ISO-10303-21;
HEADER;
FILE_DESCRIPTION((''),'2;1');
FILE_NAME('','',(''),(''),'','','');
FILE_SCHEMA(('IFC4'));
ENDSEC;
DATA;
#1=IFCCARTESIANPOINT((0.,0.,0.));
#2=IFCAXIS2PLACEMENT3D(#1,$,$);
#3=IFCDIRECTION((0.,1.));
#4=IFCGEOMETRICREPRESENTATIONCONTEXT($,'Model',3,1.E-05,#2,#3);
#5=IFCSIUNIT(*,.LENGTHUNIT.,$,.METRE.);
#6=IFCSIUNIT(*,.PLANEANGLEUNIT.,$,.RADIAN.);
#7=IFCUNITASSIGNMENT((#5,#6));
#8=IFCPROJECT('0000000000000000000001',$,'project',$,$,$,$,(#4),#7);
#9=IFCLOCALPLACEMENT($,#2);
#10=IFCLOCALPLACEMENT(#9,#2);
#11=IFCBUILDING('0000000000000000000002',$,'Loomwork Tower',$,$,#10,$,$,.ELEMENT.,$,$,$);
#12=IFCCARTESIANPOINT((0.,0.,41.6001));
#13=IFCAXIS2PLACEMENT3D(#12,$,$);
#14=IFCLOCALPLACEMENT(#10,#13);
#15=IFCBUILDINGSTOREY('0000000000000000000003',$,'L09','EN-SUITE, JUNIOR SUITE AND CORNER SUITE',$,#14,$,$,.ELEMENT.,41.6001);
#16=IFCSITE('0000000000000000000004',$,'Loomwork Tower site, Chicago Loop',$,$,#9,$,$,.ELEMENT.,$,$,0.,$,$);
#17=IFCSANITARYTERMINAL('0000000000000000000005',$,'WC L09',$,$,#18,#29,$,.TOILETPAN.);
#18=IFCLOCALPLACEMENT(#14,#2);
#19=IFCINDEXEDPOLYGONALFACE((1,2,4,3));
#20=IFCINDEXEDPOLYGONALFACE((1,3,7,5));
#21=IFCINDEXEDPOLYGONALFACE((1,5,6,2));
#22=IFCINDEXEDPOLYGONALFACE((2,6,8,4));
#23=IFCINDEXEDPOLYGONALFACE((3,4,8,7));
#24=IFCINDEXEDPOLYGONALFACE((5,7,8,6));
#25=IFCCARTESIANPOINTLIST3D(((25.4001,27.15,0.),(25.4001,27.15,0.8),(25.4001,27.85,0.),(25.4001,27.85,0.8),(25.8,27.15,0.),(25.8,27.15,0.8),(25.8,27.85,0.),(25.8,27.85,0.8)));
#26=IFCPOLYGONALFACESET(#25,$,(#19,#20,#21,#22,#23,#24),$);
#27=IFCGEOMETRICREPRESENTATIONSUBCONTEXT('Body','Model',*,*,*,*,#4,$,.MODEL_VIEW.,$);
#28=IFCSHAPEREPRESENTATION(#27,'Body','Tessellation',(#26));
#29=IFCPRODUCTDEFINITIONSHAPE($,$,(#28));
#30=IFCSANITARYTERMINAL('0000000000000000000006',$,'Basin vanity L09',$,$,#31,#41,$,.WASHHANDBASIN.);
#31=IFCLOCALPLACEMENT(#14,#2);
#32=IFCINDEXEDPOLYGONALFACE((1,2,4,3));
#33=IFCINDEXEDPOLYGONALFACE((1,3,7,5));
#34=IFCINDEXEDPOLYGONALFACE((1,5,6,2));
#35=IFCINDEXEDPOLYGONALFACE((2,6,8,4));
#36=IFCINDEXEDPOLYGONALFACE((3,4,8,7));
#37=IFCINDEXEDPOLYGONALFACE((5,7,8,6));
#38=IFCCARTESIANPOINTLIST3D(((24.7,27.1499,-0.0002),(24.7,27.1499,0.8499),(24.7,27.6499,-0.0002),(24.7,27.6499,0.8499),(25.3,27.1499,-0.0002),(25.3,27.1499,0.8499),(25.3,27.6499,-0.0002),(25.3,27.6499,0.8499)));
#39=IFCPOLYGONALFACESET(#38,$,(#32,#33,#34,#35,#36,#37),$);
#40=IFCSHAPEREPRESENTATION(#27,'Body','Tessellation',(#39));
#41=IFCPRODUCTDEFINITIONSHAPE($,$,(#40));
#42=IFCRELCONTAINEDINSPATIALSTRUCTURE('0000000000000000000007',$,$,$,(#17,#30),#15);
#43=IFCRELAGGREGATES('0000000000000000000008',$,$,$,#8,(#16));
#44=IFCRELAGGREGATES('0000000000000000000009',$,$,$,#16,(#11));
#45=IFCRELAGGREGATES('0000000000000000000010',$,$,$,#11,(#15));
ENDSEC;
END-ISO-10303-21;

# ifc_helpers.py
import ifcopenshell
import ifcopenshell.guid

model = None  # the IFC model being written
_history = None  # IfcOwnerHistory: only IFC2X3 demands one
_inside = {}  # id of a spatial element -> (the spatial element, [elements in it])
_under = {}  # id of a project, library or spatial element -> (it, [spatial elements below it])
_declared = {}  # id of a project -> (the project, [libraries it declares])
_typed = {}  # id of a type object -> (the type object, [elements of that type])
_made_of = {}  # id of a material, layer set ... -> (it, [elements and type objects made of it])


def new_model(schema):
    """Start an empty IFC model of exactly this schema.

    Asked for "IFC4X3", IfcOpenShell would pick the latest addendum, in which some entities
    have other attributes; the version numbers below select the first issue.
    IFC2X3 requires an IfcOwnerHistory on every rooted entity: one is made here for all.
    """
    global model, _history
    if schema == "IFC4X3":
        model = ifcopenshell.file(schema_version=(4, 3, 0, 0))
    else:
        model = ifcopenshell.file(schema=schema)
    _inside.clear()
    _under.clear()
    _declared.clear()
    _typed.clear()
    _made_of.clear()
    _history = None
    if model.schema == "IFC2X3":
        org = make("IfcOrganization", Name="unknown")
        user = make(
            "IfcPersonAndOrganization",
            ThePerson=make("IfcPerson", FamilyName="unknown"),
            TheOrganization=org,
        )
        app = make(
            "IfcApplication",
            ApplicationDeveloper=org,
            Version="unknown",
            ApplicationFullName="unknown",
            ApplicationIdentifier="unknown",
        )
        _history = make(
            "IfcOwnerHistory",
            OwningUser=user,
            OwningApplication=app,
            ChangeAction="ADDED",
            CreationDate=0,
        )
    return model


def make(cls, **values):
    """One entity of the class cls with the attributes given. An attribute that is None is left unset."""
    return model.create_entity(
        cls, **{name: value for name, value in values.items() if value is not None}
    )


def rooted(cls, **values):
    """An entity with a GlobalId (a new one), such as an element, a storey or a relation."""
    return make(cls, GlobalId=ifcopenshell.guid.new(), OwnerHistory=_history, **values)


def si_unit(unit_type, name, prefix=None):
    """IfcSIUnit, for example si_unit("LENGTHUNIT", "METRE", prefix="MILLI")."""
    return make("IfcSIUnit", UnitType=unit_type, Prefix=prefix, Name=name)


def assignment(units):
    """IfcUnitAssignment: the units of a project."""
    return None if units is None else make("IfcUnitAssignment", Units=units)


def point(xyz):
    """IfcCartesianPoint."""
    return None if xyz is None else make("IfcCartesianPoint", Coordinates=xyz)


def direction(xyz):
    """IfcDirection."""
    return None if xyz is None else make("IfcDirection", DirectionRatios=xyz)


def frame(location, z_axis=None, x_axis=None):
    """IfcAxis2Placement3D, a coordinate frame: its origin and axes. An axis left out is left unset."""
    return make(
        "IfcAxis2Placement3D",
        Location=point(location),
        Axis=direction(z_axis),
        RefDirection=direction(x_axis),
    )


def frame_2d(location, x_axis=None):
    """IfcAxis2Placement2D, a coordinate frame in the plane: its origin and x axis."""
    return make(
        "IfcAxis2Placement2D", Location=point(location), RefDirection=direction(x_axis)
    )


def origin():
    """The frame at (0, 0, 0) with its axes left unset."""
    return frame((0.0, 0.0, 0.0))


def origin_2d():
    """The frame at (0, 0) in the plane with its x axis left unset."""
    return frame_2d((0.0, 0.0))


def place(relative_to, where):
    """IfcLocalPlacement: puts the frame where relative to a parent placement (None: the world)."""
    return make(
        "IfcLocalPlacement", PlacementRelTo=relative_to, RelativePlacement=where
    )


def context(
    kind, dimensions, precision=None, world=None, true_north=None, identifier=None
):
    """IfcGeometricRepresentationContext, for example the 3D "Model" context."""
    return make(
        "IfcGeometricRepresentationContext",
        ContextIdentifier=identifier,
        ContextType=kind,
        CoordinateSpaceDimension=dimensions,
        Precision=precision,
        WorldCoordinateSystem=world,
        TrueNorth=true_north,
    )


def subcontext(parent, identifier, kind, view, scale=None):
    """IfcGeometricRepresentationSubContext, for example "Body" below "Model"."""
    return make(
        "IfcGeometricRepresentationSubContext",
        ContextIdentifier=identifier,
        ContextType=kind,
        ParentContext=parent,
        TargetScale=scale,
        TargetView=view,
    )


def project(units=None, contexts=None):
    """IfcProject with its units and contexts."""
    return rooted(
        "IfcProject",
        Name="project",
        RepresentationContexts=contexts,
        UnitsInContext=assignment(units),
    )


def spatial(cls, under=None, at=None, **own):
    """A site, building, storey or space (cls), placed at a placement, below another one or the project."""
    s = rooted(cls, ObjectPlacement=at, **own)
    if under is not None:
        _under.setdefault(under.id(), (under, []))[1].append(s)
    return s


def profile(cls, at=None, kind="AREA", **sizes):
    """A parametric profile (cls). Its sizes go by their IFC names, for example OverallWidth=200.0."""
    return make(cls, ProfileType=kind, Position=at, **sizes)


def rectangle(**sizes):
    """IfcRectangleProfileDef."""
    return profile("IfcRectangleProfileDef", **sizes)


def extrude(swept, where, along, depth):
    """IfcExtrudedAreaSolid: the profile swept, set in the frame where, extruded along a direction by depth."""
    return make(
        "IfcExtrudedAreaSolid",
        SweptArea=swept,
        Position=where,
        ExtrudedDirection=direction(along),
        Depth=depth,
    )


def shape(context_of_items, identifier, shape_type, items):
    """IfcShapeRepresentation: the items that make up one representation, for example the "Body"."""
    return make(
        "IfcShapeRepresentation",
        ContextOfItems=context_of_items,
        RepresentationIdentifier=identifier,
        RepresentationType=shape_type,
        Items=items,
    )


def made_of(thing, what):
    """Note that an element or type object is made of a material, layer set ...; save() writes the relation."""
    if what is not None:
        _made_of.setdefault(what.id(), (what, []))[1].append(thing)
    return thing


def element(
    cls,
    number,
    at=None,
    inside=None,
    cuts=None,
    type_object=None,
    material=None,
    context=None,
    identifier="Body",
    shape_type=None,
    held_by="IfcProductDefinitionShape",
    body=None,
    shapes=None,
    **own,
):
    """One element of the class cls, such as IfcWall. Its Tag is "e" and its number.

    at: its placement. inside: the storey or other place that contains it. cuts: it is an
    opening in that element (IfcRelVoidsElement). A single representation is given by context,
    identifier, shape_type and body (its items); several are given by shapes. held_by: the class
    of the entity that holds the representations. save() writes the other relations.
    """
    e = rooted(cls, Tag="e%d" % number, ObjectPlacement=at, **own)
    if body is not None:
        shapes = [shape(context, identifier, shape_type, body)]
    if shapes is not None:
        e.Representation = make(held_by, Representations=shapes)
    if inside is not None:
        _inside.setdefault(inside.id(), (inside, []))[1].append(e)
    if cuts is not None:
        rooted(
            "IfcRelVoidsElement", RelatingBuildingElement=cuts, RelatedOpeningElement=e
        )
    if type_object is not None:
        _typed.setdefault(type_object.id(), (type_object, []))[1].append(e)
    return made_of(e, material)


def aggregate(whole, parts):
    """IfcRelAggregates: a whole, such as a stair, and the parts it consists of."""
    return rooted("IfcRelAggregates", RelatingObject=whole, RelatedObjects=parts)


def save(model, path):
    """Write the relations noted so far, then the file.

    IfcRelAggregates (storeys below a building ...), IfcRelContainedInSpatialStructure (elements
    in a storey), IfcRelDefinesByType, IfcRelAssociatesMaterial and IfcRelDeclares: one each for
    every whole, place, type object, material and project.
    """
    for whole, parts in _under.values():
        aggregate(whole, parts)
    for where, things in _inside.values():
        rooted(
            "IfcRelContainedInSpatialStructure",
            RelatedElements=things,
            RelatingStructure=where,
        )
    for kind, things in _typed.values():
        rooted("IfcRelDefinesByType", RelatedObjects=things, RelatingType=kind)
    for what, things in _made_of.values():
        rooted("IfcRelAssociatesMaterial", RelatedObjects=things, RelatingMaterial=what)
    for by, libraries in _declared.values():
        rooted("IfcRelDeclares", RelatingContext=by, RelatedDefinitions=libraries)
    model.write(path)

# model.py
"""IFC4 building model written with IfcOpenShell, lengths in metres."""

from ifc_helpers import new_model, si_unit, direction, frame, origin, origin_2d, place, context, subcontext, project, spatial, rectangle, extrude, element, save


model = new_model("IFC4")

# Units and contexts
model_context = context("Model", 3, precision=1e-05, world=origin(), true_north=direction((0.0, 1.0)))
body_context = subcontext(model_context, "Body", "Model", "MODEL_VIEW")
ifc_project = project(units=[si_unit("LENGTHUNIT", "METRE"), si_unit("PLANEANGLEUNIT", "RADIAN")], contexts=[model_context])

# Site, building, storey
site_placement = place(None, origin())
site = spatial("IfcSite", under=ifc_project, at=site_placement, Name="Loomwork Tower site, Chicago Loop", CompositionType="ELEMENT", RefElevation=0.0)
building_placement = place(site_placement, origin())
building = spatial("IfcBuilding", under=site, at=building_placement, Name="Loomwork Tower", CompositionType="ELEMENT")
storey_placement = place(building_placement, frame((0.0, 0.0, 41.6001)))
storey = spatial("IfcBuildingStorey", under=building, at=storey_placement, Name="L09", Description="EN-SUITE, JUNIOR SUITE AND CORNER SUITE", CompositionType="ELEMENT", Elevation=41.6001)

# Sanitary terminals
sanitary_terminal_1_placement = place(storey_placement, frame((25.6001, 27.5, 0.0), z_axis=(0.0, 0.0, 1.0), x_axis=(1.0, 0.0, 0.0)))
element("IfcSanitaryTerminal", 1, at=sanitary_terminal_1_placement, inside=storey, Name="WC L09", PredefinedType="TOILETPAN", context=body_context, shape_type="SweptSolid", body=[
    extrude(rectangle(XDim=0.3999, YDim=0.7, at=origin_2d()), origin(), (0.0, 0.0, 1.0), 0.8),
])
sanitary_terminal_2_placement = place(storey_placement, frame((25.0, 27.3999, -0.0002), z_axis=(0.0, 0.0, 1.0), x_axis=(1.0, 0.0, 0.0)))
element("IfcSanitaryTerminal", 2, at=sanitary_terminal_2_placement, inside=storey, Name="Basin vanity L09", PredefinedType="WASHHANDBASIN", context=body_context, shape_type="SweptSolid", body=[
    extrude(rectangle(XDim=0.6001, YDim=0.5, at=origin_2d()), origin(), (0.0, 0.0, 1.0), 0.8501),
])

save(model, "model.ifc")
